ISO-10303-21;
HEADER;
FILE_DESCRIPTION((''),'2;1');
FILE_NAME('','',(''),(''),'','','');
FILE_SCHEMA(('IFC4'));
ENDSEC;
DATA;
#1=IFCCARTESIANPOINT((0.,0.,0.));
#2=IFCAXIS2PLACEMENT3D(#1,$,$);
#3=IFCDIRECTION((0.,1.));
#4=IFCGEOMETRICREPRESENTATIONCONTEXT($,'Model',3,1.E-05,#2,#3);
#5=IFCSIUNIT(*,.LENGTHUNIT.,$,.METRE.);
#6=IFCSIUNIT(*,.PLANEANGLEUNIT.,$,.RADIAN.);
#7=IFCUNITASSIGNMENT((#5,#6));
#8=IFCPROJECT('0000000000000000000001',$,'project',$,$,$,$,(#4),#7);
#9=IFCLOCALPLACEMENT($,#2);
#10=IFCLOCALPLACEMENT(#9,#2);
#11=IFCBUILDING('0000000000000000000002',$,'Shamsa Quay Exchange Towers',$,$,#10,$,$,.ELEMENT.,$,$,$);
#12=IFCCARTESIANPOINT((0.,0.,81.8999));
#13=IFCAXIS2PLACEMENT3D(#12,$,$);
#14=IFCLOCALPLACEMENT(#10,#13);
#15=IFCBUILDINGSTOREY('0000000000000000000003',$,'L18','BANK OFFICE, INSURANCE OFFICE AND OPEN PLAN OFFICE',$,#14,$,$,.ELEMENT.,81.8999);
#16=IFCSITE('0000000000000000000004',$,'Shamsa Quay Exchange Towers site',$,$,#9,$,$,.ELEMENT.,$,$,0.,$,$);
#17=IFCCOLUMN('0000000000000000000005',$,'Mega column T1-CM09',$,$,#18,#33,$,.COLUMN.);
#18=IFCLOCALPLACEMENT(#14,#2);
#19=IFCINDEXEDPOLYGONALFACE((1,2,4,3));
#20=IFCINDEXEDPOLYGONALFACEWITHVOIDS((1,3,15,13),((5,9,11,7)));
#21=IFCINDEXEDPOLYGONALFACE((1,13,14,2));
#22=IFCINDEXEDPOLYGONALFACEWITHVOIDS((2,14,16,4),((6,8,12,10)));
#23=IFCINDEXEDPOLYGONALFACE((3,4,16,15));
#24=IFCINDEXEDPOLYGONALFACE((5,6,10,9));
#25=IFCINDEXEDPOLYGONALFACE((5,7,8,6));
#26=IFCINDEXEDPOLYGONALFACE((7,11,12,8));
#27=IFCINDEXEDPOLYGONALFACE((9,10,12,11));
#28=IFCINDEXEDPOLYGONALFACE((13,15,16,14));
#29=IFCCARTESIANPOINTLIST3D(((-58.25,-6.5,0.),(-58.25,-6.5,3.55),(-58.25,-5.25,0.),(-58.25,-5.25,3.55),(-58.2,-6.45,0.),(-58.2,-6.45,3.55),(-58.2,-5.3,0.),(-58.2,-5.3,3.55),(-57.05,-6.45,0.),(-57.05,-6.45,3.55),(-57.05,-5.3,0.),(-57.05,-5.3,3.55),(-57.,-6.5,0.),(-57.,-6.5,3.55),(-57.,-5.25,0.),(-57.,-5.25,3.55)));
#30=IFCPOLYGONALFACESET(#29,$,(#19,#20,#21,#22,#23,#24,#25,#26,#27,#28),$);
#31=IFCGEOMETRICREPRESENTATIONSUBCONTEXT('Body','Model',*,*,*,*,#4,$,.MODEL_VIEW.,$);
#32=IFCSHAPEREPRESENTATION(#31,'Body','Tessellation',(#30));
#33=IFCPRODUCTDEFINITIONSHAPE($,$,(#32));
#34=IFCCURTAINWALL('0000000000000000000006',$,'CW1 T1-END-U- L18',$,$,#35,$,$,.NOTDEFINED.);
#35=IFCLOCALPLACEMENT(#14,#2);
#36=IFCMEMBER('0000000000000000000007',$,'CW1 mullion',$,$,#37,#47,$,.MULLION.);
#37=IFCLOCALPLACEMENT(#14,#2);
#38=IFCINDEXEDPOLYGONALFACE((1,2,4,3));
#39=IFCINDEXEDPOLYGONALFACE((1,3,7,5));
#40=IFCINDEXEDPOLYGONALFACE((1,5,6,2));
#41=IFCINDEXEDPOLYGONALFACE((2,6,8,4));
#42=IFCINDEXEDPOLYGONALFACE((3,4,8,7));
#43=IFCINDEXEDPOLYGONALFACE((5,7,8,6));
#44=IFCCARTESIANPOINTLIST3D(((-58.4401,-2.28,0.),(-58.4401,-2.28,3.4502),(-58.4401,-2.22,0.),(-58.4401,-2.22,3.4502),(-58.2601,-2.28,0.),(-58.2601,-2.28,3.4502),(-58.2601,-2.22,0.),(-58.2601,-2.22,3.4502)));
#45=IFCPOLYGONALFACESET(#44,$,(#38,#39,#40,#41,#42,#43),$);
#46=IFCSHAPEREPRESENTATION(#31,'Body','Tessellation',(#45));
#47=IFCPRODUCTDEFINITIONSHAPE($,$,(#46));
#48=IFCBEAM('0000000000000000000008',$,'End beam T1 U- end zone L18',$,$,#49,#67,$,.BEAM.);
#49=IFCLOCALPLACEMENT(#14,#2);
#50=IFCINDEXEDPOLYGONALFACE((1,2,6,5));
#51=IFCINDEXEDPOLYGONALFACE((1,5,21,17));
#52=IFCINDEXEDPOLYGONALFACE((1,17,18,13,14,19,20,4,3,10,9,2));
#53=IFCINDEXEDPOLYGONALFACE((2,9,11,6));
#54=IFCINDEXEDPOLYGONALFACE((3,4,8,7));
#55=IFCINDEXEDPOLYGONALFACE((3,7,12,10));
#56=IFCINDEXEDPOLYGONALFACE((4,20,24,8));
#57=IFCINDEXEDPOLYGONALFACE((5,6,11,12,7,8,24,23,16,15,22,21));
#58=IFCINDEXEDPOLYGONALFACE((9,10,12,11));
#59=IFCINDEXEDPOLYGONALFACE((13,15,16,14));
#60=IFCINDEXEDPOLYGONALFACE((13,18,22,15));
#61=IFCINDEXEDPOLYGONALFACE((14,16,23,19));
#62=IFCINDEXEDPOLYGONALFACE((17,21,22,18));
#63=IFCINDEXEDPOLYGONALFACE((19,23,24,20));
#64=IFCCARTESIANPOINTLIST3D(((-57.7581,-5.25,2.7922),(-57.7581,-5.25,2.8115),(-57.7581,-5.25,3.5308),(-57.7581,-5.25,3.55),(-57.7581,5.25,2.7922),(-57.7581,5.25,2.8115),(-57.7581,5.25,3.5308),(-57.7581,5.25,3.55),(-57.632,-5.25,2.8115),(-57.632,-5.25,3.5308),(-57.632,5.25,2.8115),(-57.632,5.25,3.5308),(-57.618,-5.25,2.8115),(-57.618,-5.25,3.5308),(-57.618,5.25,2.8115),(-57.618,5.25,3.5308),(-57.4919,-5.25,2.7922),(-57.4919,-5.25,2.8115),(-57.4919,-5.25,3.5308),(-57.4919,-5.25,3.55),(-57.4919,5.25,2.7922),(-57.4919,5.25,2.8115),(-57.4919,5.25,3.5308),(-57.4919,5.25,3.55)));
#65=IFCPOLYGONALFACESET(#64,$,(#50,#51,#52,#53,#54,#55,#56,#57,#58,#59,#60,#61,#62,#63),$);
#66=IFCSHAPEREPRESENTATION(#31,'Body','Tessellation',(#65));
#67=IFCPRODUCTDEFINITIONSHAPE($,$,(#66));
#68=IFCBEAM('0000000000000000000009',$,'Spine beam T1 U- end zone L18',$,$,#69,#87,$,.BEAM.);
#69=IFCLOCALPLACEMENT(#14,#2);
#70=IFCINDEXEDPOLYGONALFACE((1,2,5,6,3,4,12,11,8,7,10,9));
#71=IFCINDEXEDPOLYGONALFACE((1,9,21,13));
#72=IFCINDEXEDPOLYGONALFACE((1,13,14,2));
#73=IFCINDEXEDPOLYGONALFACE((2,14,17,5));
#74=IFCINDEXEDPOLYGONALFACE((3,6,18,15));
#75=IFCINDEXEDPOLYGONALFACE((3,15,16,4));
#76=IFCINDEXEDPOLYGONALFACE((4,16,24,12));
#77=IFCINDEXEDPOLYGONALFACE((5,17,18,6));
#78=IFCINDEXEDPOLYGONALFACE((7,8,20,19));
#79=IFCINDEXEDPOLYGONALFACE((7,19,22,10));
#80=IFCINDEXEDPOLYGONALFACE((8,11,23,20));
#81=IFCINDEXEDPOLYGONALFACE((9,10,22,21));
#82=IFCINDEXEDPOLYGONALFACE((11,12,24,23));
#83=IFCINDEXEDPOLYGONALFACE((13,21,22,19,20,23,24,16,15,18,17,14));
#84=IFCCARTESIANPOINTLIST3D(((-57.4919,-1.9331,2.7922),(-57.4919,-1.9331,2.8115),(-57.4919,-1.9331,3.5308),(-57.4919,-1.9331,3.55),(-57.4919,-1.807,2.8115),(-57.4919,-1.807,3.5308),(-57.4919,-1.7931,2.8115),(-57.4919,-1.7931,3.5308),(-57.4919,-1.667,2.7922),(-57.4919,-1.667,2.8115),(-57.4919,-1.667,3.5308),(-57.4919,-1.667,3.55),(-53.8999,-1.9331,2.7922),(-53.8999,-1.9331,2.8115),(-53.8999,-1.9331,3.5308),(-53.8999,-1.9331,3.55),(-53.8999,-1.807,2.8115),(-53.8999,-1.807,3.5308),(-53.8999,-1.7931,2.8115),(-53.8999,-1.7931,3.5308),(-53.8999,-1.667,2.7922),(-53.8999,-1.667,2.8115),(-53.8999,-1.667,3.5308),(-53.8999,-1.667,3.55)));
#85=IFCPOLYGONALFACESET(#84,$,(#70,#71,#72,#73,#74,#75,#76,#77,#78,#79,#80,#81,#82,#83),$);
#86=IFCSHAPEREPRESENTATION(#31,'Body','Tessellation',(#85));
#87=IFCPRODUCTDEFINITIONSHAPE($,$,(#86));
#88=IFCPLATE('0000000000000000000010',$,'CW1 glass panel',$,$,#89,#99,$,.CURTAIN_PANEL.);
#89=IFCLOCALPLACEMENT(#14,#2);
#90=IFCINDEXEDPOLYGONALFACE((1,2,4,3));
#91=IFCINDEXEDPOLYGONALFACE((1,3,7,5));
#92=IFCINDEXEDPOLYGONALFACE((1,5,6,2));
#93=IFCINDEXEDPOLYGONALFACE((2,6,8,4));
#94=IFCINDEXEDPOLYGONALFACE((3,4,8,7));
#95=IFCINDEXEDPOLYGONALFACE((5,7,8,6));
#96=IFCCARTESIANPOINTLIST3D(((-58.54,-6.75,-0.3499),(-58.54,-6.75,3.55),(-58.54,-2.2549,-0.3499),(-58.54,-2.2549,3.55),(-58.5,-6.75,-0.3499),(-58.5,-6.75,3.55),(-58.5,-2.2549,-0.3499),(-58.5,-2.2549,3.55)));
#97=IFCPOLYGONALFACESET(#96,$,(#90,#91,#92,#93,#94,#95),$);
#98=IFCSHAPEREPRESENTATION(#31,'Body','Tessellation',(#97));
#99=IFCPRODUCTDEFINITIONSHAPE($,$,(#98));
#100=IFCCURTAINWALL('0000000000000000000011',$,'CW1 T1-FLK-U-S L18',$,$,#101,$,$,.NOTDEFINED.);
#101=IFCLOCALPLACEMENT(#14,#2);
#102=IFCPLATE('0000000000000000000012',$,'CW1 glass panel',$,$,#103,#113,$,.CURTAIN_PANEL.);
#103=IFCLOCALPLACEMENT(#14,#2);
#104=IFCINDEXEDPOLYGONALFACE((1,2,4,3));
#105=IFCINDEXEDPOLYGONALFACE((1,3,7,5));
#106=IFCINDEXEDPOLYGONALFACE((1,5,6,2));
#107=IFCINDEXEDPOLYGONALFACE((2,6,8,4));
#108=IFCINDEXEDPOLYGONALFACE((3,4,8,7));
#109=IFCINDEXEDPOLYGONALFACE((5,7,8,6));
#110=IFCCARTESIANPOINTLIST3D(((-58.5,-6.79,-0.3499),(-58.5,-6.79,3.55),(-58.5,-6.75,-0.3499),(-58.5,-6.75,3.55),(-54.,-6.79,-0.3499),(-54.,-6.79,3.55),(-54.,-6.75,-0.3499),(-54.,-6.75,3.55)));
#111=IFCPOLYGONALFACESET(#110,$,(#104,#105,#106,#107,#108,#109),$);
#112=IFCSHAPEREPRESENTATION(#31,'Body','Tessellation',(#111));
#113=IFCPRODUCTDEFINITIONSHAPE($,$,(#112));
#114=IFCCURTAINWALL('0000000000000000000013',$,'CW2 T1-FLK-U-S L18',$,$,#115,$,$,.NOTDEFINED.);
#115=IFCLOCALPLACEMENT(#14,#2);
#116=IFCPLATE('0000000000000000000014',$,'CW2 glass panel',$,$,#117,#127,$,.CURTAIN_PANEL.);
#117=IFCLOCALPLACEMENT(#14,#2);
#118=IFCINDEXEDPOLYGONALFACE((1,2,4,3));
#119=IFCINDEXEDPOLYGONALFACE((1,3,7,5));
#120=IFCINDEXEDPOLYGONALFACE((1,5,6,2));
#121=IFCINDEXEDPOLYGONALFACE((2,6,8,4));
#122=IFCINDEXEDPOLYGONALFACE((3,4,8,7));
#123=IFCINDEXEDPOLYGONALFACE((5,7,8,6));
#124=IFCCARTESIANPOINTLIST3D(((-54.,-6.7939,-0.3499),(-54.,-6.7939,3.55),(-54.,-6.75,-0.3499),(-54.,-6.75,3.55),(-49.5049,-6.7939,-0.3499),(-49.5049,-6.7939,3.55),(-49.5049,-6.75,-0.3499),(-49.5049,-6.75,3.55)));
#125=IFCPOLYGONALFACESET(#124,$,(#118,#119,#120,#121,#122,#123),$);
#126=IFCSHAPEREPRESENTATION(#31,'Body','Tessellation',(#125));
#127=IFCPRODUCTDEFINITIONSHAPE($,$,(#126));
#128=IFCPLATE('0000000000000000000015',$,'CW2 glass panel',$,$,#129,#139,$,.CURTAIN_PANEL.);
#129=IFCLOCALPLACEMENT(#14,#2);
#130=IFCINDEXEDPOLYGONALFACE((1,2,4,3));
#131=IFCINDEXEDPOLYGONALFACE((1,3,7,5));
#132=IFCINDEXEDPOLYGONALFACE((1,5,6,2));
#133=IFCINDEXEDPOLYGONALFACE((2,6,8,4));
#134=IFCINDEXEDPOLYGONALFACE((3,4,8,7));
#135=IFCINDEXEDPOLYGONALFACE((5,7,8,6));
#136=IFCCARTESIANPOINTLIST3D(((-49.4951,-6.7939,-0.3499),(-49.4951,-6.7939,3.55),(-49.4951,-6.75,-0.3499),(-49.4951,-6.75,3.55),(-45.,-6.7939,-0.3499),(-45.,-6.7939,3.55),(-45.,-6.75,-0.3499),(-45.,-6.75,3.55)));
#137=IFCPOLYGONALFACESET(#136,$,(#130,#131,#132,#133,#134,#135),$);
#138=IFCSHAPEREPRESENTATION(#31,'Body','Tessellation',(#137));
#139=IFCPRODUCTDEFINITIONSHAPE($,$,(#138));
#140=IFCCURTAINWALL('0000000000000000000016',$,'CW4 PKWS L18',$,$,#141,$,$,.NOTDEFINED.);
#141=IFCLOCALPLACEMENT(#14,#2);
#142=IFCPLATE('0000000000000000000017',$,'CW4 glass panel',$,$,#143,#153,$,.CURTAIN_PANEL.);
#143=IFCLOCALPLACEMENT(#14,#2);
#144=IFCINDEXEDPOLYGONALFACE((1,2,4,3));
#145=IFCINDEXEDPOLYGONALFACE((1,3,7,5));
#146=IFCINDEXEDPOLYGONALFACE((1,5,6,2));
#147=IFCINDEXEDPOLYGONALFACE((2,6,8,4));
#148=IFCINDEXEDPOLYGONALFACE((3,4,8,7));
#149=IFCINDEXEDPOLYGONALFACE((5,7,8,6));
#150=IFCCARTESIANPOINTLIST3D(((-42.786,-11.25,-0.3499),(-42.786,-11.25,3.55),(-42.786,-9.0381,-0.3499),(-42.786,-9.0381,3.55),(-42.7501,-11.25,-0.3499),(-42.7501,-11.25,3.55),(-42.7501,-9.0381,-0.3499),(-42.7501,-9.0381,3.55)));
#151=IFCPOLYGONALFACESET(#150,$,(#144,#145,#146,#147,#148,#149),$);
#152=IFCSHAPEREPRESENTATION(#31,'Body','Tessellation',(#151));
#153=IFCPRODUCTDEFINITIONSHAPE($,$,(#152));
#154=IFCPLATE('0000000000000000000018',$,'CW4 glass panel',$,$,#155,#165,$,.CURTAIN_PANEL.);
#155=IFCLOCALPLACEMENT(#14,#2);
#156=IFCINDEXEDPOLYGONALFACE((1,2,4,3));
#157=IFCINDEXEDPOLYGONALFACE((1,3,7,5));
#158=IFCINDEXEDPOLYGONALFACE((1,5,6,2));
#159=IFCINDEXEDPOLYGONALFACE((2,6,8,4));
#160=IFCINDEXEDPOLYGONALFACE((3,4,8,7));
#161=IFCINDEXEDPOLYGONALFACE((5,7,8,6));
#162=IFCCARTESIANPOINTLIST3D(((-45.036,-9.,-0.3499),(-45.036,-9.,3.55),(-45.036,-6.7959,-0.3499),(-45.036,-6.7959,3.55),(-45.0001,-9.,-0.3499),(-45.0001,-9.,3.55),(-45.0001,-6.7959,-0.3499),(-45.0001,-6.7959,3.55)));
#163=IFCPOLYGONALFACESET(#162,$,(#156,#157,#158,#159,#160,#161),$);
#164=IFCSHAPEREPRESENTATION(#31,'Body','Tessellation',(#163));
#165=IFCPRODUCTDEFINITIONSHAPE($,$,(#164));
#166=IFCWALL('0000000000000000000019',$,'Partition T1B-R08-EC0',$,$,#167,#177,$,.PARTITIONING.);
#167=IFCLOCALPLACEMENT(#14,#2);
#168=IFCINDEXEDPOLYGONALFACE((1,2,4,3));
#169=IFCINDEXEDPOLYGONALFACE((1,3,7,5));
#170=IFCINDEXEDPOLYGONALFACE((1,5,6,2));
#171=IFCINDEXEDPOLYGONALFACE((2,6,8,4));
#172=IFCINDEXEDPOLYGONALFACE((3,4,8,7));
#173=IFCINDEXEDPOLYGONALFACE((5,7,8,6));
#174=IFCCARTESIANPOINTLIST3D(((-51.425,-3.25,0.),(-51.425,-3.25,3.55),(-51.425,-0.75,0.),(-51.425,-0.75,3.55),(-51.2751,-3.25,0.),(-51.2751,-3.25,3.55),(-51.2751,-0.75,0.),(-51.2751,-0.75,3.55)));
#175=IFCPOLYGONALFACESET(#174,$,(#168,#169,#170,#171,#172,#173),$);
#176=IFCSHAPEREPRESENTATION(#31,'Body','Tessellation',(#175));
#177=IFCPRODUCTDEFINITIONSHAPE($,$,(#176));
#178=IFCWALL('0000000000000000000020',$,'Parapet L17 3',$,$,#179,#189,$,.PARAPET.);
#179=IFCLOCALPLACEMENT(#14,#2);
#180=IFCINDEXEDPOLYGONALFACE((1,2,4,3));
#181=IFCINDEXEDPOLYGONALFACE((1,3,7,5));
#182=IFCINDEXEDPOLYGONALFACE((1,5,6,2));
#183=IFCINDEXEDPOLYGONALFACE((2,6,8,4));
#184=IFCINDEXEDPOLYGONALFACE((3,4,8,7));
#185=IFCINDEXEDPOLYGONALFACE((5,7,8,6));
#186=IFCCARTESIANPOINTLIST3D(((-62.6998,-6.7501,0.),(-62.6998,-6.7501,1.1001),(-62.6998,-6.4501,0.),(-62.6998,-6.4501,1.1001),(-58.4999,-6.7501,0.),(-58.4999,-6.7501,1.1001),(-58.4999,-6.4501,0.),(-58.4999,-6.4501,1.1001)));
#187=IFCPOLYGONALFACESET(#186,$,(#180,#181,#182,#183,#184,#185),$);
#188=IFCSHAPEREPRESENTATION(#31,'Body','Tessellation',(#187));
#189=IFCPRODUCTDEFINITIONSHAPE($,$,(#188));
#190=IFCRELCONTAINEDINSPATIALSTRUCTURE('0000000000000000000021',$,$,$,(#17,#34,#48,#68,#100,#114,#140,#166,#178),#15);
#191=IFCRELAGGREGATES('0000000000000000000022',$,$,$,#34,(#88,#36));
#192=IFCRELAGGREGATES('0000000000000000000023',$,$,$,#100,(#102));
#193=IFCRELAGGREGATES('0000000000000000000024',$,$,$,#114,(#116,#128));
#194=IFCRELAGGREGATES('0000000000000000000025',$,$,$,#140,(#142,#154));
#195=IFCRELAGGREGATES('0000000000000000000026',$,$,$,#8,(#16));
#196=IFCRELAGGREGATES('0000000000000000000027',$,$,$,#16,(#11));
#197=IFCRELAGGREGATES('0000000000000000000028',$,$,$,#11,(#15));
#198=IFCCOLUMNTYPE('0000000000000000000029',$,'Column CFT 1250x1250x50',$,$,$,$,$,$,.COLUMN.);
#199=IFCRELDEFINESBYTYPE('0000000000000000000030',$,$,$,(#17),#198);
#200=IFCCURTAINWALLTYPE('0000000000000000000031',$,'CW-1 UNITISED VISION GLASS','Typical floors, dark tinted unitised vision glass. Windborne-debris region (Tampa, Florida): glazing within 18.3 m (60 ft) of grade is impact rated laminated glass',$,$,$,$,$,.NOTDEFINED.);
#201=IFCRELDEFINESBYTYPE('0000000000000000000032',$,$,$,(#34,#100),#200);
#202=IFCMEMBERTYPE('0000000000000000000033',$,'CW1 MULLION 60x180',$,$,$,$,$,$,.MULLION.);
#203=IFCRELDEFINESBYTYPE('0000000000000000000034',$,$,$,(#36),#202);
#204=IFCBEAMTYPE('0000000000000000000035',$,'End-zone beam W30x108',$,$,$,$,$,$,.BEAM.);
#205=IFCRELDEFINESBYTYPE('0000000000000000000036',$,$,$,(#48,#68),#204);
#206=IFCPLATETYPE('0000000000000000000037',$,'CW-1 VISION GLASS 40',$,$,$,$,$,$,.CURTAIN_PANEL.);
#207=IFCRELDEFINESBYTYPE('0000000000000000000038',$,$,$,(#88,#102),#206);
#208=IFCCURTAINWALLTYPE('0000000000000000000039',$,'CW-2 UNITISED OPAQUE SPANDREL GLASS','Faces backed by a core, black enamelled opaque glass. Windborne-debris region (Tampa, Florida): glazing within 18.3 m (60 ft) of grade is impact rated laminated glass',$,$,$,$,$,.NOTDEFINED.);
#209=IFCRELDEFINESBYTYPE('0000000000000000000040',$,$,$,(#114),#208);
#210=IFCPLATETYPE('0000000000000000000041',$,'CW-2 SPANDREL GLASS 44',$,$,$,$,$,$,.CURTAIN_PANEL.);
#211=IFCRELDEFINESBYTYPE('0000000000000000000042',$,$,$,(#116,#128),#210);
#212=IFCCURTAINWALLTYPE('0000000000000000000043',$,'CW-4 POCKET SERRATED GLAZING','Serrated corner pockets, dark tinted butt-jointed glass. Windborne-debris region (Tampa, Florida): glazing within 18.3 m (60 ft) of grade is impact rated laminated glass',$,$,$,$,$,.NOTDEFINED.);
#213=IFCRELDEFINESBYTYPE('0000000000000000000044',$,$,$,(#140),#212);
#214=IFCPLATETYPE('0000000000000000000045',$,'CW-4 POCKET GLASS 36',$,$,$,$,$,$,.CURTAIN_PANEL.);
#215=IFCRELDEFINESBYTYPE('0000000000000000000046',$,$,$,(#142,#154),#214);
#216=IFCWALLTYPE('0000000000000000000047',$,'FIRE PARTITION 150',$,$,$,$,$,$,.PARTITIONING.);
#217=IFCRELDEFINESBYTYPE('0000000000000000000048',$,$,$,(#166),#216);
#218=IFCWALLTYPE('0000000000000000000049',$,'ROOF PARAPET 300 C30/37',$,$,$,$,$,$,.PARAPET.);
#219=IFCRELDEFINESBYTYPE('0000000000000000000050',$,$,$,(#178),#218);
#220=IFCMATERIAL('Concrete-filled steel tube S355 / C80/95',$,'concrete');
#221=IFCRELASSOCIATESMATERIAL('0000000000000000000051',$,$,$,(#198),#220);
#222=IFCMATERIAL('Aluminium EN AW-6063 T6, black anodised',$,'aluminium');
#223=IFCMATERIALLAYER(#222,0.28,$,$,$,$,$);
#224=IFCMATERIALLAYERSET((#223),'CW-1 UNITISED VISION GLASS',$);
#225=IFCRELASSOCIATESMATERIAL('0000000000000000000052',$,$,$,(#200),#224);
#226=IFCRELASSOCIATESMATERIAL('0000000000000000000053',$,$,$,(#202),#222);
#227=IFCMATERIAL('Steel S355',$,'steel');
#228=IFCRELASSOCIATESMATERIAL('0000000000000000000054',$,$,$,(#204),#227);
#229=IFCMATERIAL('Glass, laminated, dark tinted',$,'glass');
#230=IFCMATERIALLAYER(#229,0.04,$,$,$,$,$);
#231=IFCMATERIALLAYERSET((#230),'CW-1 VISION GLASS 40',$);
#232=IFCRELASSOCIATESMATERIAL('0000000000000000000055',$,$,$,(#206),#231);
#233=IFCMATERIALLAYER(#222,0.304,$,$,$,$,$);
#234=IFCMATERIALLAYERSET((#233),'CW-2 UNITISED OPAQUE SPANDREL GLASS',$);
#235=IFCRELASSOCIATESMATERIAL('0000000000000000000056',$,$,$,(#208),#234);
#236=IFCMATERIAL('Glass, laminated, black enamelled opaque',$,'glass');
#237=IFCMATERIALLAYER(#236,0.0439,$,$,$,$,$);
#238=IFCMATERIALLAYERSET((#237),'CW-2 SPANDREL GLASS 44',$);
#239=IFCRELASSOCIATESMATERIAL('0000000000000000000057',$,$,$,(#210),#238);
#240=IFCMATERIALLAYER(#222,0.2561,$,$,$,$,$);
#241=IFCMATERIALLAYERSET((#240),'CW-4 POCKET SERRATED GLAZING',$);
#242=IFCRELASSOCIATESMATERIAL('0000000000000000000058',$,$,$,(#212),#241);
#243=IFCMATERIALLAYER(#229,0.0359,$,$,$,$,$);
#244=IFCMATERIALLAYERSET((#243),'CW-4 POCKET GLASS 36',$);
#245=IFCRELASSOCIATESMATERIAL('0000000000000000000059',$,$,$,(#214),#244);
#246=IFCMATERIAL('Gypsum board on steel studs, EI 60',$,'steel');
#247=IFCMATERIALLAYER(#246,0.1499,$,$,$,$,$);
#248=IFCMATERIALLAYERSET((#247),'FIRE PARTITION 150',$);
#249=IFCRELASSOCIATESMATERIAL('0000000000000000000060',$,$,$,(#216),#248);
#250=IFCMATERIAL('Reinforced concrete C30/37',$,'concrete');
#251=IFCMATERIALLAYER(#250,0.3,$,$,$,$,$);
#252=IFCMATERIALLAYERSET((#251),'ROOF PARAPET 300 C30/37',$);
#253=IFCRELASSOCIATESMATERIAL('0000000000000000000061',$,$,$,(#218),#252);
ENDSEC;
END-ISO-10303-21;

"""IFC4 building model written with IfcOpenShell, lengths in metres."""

from ifc_helpers import new_model, si_unit, direction, frame, frame_2d, origin, origin_2d, place, context, subcontext, project, spatial, rectangle, hollow_rectangle, i_section, extrude, material, layer, layer_set, material_profile, profile_set, type_object, element, aggregate, save


model = new_model("IFC4")

# Units and contexts
model_context = context("Model", 3, precision=1e-05, world=origin(), true_north=direction((0.0, 1.0)))
body_context = subcontext(model_context, "Body", "Model", "MODEL_VIEW")
ifc_project = project(units=[si_unit("LENGTHUNIT", "METRE"), si_unit("PLANEANGLEUNIT", "RADIAN")], contexts=[model_context])

# Site, building, storey
site_placement = place(None, origin())
site = spatial("IfcSite", under=ifc_project, at=site_placement, Name="Shamsa Quay Exchange Towers site", CompositionType="ELEMENT", RefElevation=0.0)
building_placement = place(site_placement, origin())
building = spatial("IfcBuilding", under=site, at=building_placement, Name="Shamsa Quay Exchange Towers", CompositionType="ELEMENT")
storey_placement = place(building_placement, frame((0.0, 0.0, 81.8999)))
storey = spatial("IfcBuildingStorey", under=building, at=storey_placement, Name="L18", Description="BANK OFFICE, INSURANCE OFFICE AND OPEN PLAN OFFICE", CompositionType="ELEMENT", Elevation=81.8999)

# Column
ifc_material_1 = material(Name="Concrete-filled steel tube S355 / C80/95", Category="concrete")
ifc_material_profile_1 = material_profile(ifc_material_1, hollow_rectangle(XDim=1.25, YDim=1.25, WallThickness=0.05, at=origin_2d()), Name="CFT 1250x1250x50")
ifc_profile_set_1 = profile_set([ifc_material_profile_1], Name="Concrete-filled steel tube S355 / C80/95")
column_type = type_object("IfcColumnType", Name="Column CFT 1250x1250x50", PredefinedType="COLUMN", material=ifc_profile_set_1)
column_placement = place(storey_placement, frame((-57.625, -5.875, 0.0)))
element("IfcColumn", 1, at=column_placement, inside=storey, type_object=column_type, Name="Mega column T1-CM09", PredefinedType="COLUMN", context=body_context, shape_type="SweptSolid", body=[
    extrude(hollow_rectangle(XDim=1.25, YDim=1.25, WallThickness=0.05, at=origin_2d()), origin(), (0.0, 0.0, 1.0), 3.55),
])

# Curtain wall, member
ifc_material_2 = material(Name="Aluminium EN AW-6063 T6, black anodised", Category="aluminium")
ifc_layer_1 = layer(ifc_material_2, 0.28)
ifc_layer_set_1 = layer_set([ifc_layer_1], Name="CW-1 UNITISED VISION GLASS")
curtain_wall_type_1 = type_object("IfcCurtainWallType", Name="CW-1 UNITISED VISION GLASS", Description="Typical floors, dark tinted unitised vision glass. Windborne-debris region (Tampa, Florida): glazing within 18.3 m (60 ft) of grade is impact rated laminated glass", PredefinedType="NOTDEFINED", material=ifc_layer_set_1)
curtain_wall_1_placement = place(storey_placement, origin())
curtain_wall_1 = element("IfcCurtainWall", 2, at=curtain_wall_1_placement, inside=storey, type_object=curtain_wall_type_1, Name="CW1 T1-END-U- L18", PredefinedType="NOTDEFINED")
ifc_material_profile_2 = material_profile(ifc_material_2, rectangle(XDim=0.1799, YDim=0.0601, at=origin_2d()), Name="MU60x180")
ifc_profile_set_2 = profile_set([ifc_material_profile_2], Name="Aluminium EN AW-6063 T6, black anodised")
member_type = type_object("IfcMemberType", Name="CW1 MULLION 60x180", PredefinedType="MULLION", material=ifc_profile_set_2)
member_placement = place(storey_placement, frame((-58.3501, -2.25, 0.0)))
member = element("IfcMember", 3, at=member_placement, type_object=member_type, Name="CW1 mullion", PredefinedType="MULLION", context=body_context, shape_type="SweptSolid", body=[
    extrude(rectangle(XDim=0.1799, YDim=0.0601, at=origin_2d()), origin(), (0.0, 0.0, 1.0), 3.4502),
])

# Beams
ifc_material_3 = material(Name="Steel S355", Category="steel")
ifc_material_profile_3 = material_profile(ifc_material_3, i_section(OverallWidth=0.2661, OverallDepth=0.7578, WebThickness=0.0139, FlangeThickness=0.0193, at=origin_2d()), Name="W30x108")
ifc_profile_set_3 = profile_set([ifc_material_profile_3], Name="Steel S355")
beam_type = type_object("IfcBeamType", Name="End-zone beam W30x108", PredefinedType="BEAM", material=ifc_profile_set_3)
beam_1_placement = place(storey_placement, frame((-57.625, -5.25, 3.1711), z_axis=(0.0, 1.0, 0.0), x_axis=(-1.0, 0.0, 0.0)))
element("IfcBeam", 4, at=beam_1_placement, inside=storey, type_object=beam_type, Name="End beam T1 U- end zone L18", PredefinedType="BEAM", context=body_context, shape_type="SweptSolid", body=[
    extrude(i_section(OverallWidth=0.2661, OverallDepth=0.7578, WebThickness=0.0139, FlangeThickness=0.0193, at=origin_2d()), origin(), (0.0, 0.0, 1.0), 10.5),
])
beam_2_placement = place(storey_placement, frame((-53.8999, -1.8, 3.1711), z_axis=(-1.0, 0.0, 0.0), x_axis=(0.0, -1.0, 0.0)))
element("IfcBeam", 5, at=beam_2_placement, inside=storey, type_object=beam_type, Name="Spine beam T1 U- end zone L18", PredefinedType="BEAM", context=body_context, shape_type="SweptSolid", body=[
    extrude(i_section(OverallWidth=0.2661, OverallDepth=0.7578, WebThickness=0.0139, FlangeThickness=0.0193, at=origin_2d()), origin(), (0.0, 0.0, 1.0), 3.592),
])

# Plate
ifc_material_4 = material(Name="Glass, laminated, dark tinted", Category="glass")
ifc_layer_2 = layer(ifc_material_4, 0.04)
ifc_layer_set_2 = layer_set([ifc_layer_2], Name="CW-1 VISION GLASS 40")
plate_type_1 = type_object("IfcPlateType", Name="CW-1 VISION GLASS 40", PredefinedType="CURTAIN_PANEL", material=ifc_layer_set_2)
plate_1_placement = place(storey_placement, frame((-58.52, -4.5024, -0.3499), z_axis=(0.0, 0.0, 1.0), x_axis=(0.0, -1.0, 0.0)))
plate_1 = element("IfcPlate", 6, at=plate_1_placement, type_object=plate_type_1, Name="CW1 glass panel", PredefinedType="CURTAIN_PANEL", context=body_context, shape_type="SweptSolid", body=[
    extrude(rectangle(XDim=4.4951, YDim=0.04, at=origin_2d()), origin(), (0.0, 0.0, 1.0), 3.8999),
])
aggregate(curtain_wall_1, [plate_1, member])

# Curtain wall, plate
curtain_wall_2_placement = place(storey_placement, origin())
curtain_wall_2 = element("IfcCurtainWall", 7, at=curtain_wall_2_placement, inside=storey, type_object=curtain_wall_type_1, Name="CW1 T1-FLK-U-S L18", PredefinedType="NOTDEFINED")
plate_2_placement = place(storey_placement, frame((-56.25, -6.77, -0.3499)))
plate_2 = element("IfcPlate", 8, at=plate_2_placement, type_object=plate_type_1, Name="CW1 glass panel", PredefinedType="CURTAIN_PANEL", context=body_context, shape_type="SweptSolid", body=[
    extrude(rectangle(XDim=4.5, YDim=0.04, at=origin_2d()), origin(), (0.0, 0.0, 1.0), 3.8999),
])
aggregate(curtain_wall_2, [plate_2])

# Curtain walls, plates
ifc_layer_3 = layer(ifc_material_2, 0.304)
ifc_layer_set_3 = layer_set([ifc_layer_3], Name="CW-2 UNITISED OPAQUE SPANDREL GLASS")
curtain_wall_type_2 = type_object("IfcCurtainWallType", Name="CW-2 UNITISED OPAQUE SPANDREL GLASS", Description="Faces backed by a core, black enamelled opaque glass. Windborne-debris region (Tampa, Florida): glazing within 18.3 m (60 ft) of grade is impact rated laminated glass", PredefinedType="NOTDEFINED", material=ifc_layer_set_3)
curtain_wall_3_placement = place(storey_placement, origin())
curtain_wall_3 = element("IfcCurtainWall", 9, at=curtain_wall_3_placement, inside=storey, type_object=curtain_wall_type_2, Name="CW2 T1-FLK-U-S L18", PredefinedType="NOTDEFINED")
ifc_material_5 = material(Name="Glass, laminated, black enamelled opaque", Category="glass")
ifc_layer_4 = layer(ifc_material_5, 0.0439)
ifc_layer_set_4 = layer_set([ifc_layer_4], Name="CW-2 SPANDREL GLASS 44")
plate_type_2 = type_object("IfcPlateType", Name="CW-2 SPANDREL GLASS 44", PredefinedType="CURTAIN_PANEL", material=ifc_layer_set_4)
plate_3_placement = place(storey_placement, frame((-51.7524, -6.772, -0.3499)))
plate_3 = element("IfcPlate", 10, at=plate_3_placement, type_object=plate_type_2, Name="CW2 glass panel", PredefinedType="CURTAIN_PANEL", context=body_context, shape_type="SweptSolid", body=[
    extrude(rectangle(XDim=4.4951, YDim=0.0439, at=origin_2d()), origin(), (0.0, 0.0, 1.0), 3.8999),
])
plate_4_placement = place(storey_placement, frame((-47.2476, -6.772, -0.3499)))
plate_4 = element("IfcPlate", 11, at=plate_4_placement, type_object=plate_type_2, Name="CW2 glass panel", PredefinedType="CURTAIN_PANEL", context=body_context, shape_type="SweptSolid", body=[
    extrude(rectangle(XDim=4.4951, YDim=0.0439, at=origin_2d()), origin(), (0.0, 0.0, 1.0), 3.8999),
])
aggregate(curtain_wall_3, [plate_3, plate_4])
ifc_layer_5 = layer(ifc_material_2, 0.2561)
ifc_layer_set_5 = layer_set([ifc_layer_5], Name="CW-4 POCKET SERRATED GLAZING")
curtain_wall_type_3 = type_object("IfcCurtainWallType", Name="CW-4 POCKET SERRATED GLAZING", Description="Serrated corner pockets, dark tinted butt-jointed glass. Windborne-debris region (Tampa, Florida): glazing within 18.3 m (60 ft) of grade is impact rated laminated glass", PredefinedType="NOTDEFINED", material=ifc_layer_set_5)
curtain_wall_4_placement = place(storey_placement, origin())
curtain_wall_4 = element("IfcCurtainWall", 12, at=curtain_wall_4_placement, inside=storey, type_object=curtain_wall_type_3, Name="CW4 PKWS L18", PredefinedType="NOTDEFINED")
ifc_layer_6 = layer(ifc_material_4, 0.0359)
ifc_layer_set_6 = layer_set([ifc_layer_6], Name="CW-4 POCKET GLASS 36")
plate_type_3 = type_object("IfcPlateType", Name="CW-4 POCKET GLASS 36", PredefinedType="CURTAIN_PANEL", material=ifc_layer_set_6)
plate_5_placement = place(storey_placement, frame((-42.7681, -10.144, -0.3499), z_axis=(0.0, 0.0, 1.0), x_axis=(0.0, -1.0, 0.0)))
plate_5 = element("IfcPlate", 13, at=plate_5_placement, type_object=plate_type_3, Name="CW4 glass panel", PredefinedType="CURTAIN_PANEL", context=body_context, shape_type="SweptSolid", body=[
    extrude(rectangle(XDim=2.2119, YDim=0.0359, at=origin_2d()), origin(), (0.0, 0.0, 1.0), 3.8999),
])
plate_6_placement = place(storey_placement, frame((-45.0181, -7.8979, -0.3499), z_axis=(0.0, 0.0, 1.0), x_axis=(0.0, -1.0, 0.0)))
plate_6 = element("IfcPlate", 14, at=plate_6_placement, type_object=plate_type_3, Name="CW4 glass panel", PredefinedType="CURTAIN_PANEL", context=body_context, shape_type="SweptSolid", body=[
    extrude(rectangle(XDim=2.2041, YDim=0.0359, at=origin_2d()), origin(), (0.0, 0.0, 1.0), 3.8999),
])
aggregate(curtain_wall_4, [plate_5, plate_6])

# Walls
ifc_material_6 = material(Name="Gypsum board on steel studs, EI 60", Category="steel")
ifc_layer_7 = layer(ifc_material_6, 0.1499)
ifc_layer_set_7 = layer_set([ifc_layer_7], Name="FIRE PARTITION 150")
wall_type_1 = type_object("IfcWallType", Name="FIRE PARTITION 150", PredefinedType="PARTITIONING", material=ifc_layer_set_7)
wall_1_placement = place(storey_placement, frame((-51.3501, -3.25, 0.0), z_axis=(0.0, 0.0, 1.0), x_axis=(0.0, 1.0, 0.0)))
element("IfcWall", 15, at=wall_1_placement, inside=storey, type_object=wall_type_1, Name="Partition T1B-R08-EC0", PredefinedType="PARTITIONING", context=body_context, shape_type="SweptSolid", body=[
    extrude(rectangle(XDim=2.5, YDim=0.1499, at=frame_2d((1.25, 0.0))), origin(), (0.0, 0.0, 1.0), 3.55),
])
ifc_material_7 = material(Name="Reinforced concrete C30/37", Category="concrete")
ifc_layer_8 = layer(ifc_material_7, 0.3)
ifc_layer_set_8 = layer_set([ifc_layer_8], Name="ROOF PARAPET 300 C30/37")
wall_type_2 = type_object("IfcWallType", Name="ROOF PARAPET 300 C30/37", PredefinedType="PARAPET", material=ifc_layer_set_8)
wall_2_placement = place(storey_placement, frame((-62.7, -6.6001, 0.0)))
element("IfcWall", 16, at=wall_2_placement, inside=storey, type_object=wall_type_2, Name="Parapet L17 3", PredefinedType="PARAPET", context=body_context, shape_type="SweptSolid", body=[
    extrude(rectangle(XDim=4.2, YDim=0.3, at=frame_2d((2.1001, 0.0))), origin(), (0.0, 0.0, 1.0), 1.1001),
])

save(model, "model.ifc")
